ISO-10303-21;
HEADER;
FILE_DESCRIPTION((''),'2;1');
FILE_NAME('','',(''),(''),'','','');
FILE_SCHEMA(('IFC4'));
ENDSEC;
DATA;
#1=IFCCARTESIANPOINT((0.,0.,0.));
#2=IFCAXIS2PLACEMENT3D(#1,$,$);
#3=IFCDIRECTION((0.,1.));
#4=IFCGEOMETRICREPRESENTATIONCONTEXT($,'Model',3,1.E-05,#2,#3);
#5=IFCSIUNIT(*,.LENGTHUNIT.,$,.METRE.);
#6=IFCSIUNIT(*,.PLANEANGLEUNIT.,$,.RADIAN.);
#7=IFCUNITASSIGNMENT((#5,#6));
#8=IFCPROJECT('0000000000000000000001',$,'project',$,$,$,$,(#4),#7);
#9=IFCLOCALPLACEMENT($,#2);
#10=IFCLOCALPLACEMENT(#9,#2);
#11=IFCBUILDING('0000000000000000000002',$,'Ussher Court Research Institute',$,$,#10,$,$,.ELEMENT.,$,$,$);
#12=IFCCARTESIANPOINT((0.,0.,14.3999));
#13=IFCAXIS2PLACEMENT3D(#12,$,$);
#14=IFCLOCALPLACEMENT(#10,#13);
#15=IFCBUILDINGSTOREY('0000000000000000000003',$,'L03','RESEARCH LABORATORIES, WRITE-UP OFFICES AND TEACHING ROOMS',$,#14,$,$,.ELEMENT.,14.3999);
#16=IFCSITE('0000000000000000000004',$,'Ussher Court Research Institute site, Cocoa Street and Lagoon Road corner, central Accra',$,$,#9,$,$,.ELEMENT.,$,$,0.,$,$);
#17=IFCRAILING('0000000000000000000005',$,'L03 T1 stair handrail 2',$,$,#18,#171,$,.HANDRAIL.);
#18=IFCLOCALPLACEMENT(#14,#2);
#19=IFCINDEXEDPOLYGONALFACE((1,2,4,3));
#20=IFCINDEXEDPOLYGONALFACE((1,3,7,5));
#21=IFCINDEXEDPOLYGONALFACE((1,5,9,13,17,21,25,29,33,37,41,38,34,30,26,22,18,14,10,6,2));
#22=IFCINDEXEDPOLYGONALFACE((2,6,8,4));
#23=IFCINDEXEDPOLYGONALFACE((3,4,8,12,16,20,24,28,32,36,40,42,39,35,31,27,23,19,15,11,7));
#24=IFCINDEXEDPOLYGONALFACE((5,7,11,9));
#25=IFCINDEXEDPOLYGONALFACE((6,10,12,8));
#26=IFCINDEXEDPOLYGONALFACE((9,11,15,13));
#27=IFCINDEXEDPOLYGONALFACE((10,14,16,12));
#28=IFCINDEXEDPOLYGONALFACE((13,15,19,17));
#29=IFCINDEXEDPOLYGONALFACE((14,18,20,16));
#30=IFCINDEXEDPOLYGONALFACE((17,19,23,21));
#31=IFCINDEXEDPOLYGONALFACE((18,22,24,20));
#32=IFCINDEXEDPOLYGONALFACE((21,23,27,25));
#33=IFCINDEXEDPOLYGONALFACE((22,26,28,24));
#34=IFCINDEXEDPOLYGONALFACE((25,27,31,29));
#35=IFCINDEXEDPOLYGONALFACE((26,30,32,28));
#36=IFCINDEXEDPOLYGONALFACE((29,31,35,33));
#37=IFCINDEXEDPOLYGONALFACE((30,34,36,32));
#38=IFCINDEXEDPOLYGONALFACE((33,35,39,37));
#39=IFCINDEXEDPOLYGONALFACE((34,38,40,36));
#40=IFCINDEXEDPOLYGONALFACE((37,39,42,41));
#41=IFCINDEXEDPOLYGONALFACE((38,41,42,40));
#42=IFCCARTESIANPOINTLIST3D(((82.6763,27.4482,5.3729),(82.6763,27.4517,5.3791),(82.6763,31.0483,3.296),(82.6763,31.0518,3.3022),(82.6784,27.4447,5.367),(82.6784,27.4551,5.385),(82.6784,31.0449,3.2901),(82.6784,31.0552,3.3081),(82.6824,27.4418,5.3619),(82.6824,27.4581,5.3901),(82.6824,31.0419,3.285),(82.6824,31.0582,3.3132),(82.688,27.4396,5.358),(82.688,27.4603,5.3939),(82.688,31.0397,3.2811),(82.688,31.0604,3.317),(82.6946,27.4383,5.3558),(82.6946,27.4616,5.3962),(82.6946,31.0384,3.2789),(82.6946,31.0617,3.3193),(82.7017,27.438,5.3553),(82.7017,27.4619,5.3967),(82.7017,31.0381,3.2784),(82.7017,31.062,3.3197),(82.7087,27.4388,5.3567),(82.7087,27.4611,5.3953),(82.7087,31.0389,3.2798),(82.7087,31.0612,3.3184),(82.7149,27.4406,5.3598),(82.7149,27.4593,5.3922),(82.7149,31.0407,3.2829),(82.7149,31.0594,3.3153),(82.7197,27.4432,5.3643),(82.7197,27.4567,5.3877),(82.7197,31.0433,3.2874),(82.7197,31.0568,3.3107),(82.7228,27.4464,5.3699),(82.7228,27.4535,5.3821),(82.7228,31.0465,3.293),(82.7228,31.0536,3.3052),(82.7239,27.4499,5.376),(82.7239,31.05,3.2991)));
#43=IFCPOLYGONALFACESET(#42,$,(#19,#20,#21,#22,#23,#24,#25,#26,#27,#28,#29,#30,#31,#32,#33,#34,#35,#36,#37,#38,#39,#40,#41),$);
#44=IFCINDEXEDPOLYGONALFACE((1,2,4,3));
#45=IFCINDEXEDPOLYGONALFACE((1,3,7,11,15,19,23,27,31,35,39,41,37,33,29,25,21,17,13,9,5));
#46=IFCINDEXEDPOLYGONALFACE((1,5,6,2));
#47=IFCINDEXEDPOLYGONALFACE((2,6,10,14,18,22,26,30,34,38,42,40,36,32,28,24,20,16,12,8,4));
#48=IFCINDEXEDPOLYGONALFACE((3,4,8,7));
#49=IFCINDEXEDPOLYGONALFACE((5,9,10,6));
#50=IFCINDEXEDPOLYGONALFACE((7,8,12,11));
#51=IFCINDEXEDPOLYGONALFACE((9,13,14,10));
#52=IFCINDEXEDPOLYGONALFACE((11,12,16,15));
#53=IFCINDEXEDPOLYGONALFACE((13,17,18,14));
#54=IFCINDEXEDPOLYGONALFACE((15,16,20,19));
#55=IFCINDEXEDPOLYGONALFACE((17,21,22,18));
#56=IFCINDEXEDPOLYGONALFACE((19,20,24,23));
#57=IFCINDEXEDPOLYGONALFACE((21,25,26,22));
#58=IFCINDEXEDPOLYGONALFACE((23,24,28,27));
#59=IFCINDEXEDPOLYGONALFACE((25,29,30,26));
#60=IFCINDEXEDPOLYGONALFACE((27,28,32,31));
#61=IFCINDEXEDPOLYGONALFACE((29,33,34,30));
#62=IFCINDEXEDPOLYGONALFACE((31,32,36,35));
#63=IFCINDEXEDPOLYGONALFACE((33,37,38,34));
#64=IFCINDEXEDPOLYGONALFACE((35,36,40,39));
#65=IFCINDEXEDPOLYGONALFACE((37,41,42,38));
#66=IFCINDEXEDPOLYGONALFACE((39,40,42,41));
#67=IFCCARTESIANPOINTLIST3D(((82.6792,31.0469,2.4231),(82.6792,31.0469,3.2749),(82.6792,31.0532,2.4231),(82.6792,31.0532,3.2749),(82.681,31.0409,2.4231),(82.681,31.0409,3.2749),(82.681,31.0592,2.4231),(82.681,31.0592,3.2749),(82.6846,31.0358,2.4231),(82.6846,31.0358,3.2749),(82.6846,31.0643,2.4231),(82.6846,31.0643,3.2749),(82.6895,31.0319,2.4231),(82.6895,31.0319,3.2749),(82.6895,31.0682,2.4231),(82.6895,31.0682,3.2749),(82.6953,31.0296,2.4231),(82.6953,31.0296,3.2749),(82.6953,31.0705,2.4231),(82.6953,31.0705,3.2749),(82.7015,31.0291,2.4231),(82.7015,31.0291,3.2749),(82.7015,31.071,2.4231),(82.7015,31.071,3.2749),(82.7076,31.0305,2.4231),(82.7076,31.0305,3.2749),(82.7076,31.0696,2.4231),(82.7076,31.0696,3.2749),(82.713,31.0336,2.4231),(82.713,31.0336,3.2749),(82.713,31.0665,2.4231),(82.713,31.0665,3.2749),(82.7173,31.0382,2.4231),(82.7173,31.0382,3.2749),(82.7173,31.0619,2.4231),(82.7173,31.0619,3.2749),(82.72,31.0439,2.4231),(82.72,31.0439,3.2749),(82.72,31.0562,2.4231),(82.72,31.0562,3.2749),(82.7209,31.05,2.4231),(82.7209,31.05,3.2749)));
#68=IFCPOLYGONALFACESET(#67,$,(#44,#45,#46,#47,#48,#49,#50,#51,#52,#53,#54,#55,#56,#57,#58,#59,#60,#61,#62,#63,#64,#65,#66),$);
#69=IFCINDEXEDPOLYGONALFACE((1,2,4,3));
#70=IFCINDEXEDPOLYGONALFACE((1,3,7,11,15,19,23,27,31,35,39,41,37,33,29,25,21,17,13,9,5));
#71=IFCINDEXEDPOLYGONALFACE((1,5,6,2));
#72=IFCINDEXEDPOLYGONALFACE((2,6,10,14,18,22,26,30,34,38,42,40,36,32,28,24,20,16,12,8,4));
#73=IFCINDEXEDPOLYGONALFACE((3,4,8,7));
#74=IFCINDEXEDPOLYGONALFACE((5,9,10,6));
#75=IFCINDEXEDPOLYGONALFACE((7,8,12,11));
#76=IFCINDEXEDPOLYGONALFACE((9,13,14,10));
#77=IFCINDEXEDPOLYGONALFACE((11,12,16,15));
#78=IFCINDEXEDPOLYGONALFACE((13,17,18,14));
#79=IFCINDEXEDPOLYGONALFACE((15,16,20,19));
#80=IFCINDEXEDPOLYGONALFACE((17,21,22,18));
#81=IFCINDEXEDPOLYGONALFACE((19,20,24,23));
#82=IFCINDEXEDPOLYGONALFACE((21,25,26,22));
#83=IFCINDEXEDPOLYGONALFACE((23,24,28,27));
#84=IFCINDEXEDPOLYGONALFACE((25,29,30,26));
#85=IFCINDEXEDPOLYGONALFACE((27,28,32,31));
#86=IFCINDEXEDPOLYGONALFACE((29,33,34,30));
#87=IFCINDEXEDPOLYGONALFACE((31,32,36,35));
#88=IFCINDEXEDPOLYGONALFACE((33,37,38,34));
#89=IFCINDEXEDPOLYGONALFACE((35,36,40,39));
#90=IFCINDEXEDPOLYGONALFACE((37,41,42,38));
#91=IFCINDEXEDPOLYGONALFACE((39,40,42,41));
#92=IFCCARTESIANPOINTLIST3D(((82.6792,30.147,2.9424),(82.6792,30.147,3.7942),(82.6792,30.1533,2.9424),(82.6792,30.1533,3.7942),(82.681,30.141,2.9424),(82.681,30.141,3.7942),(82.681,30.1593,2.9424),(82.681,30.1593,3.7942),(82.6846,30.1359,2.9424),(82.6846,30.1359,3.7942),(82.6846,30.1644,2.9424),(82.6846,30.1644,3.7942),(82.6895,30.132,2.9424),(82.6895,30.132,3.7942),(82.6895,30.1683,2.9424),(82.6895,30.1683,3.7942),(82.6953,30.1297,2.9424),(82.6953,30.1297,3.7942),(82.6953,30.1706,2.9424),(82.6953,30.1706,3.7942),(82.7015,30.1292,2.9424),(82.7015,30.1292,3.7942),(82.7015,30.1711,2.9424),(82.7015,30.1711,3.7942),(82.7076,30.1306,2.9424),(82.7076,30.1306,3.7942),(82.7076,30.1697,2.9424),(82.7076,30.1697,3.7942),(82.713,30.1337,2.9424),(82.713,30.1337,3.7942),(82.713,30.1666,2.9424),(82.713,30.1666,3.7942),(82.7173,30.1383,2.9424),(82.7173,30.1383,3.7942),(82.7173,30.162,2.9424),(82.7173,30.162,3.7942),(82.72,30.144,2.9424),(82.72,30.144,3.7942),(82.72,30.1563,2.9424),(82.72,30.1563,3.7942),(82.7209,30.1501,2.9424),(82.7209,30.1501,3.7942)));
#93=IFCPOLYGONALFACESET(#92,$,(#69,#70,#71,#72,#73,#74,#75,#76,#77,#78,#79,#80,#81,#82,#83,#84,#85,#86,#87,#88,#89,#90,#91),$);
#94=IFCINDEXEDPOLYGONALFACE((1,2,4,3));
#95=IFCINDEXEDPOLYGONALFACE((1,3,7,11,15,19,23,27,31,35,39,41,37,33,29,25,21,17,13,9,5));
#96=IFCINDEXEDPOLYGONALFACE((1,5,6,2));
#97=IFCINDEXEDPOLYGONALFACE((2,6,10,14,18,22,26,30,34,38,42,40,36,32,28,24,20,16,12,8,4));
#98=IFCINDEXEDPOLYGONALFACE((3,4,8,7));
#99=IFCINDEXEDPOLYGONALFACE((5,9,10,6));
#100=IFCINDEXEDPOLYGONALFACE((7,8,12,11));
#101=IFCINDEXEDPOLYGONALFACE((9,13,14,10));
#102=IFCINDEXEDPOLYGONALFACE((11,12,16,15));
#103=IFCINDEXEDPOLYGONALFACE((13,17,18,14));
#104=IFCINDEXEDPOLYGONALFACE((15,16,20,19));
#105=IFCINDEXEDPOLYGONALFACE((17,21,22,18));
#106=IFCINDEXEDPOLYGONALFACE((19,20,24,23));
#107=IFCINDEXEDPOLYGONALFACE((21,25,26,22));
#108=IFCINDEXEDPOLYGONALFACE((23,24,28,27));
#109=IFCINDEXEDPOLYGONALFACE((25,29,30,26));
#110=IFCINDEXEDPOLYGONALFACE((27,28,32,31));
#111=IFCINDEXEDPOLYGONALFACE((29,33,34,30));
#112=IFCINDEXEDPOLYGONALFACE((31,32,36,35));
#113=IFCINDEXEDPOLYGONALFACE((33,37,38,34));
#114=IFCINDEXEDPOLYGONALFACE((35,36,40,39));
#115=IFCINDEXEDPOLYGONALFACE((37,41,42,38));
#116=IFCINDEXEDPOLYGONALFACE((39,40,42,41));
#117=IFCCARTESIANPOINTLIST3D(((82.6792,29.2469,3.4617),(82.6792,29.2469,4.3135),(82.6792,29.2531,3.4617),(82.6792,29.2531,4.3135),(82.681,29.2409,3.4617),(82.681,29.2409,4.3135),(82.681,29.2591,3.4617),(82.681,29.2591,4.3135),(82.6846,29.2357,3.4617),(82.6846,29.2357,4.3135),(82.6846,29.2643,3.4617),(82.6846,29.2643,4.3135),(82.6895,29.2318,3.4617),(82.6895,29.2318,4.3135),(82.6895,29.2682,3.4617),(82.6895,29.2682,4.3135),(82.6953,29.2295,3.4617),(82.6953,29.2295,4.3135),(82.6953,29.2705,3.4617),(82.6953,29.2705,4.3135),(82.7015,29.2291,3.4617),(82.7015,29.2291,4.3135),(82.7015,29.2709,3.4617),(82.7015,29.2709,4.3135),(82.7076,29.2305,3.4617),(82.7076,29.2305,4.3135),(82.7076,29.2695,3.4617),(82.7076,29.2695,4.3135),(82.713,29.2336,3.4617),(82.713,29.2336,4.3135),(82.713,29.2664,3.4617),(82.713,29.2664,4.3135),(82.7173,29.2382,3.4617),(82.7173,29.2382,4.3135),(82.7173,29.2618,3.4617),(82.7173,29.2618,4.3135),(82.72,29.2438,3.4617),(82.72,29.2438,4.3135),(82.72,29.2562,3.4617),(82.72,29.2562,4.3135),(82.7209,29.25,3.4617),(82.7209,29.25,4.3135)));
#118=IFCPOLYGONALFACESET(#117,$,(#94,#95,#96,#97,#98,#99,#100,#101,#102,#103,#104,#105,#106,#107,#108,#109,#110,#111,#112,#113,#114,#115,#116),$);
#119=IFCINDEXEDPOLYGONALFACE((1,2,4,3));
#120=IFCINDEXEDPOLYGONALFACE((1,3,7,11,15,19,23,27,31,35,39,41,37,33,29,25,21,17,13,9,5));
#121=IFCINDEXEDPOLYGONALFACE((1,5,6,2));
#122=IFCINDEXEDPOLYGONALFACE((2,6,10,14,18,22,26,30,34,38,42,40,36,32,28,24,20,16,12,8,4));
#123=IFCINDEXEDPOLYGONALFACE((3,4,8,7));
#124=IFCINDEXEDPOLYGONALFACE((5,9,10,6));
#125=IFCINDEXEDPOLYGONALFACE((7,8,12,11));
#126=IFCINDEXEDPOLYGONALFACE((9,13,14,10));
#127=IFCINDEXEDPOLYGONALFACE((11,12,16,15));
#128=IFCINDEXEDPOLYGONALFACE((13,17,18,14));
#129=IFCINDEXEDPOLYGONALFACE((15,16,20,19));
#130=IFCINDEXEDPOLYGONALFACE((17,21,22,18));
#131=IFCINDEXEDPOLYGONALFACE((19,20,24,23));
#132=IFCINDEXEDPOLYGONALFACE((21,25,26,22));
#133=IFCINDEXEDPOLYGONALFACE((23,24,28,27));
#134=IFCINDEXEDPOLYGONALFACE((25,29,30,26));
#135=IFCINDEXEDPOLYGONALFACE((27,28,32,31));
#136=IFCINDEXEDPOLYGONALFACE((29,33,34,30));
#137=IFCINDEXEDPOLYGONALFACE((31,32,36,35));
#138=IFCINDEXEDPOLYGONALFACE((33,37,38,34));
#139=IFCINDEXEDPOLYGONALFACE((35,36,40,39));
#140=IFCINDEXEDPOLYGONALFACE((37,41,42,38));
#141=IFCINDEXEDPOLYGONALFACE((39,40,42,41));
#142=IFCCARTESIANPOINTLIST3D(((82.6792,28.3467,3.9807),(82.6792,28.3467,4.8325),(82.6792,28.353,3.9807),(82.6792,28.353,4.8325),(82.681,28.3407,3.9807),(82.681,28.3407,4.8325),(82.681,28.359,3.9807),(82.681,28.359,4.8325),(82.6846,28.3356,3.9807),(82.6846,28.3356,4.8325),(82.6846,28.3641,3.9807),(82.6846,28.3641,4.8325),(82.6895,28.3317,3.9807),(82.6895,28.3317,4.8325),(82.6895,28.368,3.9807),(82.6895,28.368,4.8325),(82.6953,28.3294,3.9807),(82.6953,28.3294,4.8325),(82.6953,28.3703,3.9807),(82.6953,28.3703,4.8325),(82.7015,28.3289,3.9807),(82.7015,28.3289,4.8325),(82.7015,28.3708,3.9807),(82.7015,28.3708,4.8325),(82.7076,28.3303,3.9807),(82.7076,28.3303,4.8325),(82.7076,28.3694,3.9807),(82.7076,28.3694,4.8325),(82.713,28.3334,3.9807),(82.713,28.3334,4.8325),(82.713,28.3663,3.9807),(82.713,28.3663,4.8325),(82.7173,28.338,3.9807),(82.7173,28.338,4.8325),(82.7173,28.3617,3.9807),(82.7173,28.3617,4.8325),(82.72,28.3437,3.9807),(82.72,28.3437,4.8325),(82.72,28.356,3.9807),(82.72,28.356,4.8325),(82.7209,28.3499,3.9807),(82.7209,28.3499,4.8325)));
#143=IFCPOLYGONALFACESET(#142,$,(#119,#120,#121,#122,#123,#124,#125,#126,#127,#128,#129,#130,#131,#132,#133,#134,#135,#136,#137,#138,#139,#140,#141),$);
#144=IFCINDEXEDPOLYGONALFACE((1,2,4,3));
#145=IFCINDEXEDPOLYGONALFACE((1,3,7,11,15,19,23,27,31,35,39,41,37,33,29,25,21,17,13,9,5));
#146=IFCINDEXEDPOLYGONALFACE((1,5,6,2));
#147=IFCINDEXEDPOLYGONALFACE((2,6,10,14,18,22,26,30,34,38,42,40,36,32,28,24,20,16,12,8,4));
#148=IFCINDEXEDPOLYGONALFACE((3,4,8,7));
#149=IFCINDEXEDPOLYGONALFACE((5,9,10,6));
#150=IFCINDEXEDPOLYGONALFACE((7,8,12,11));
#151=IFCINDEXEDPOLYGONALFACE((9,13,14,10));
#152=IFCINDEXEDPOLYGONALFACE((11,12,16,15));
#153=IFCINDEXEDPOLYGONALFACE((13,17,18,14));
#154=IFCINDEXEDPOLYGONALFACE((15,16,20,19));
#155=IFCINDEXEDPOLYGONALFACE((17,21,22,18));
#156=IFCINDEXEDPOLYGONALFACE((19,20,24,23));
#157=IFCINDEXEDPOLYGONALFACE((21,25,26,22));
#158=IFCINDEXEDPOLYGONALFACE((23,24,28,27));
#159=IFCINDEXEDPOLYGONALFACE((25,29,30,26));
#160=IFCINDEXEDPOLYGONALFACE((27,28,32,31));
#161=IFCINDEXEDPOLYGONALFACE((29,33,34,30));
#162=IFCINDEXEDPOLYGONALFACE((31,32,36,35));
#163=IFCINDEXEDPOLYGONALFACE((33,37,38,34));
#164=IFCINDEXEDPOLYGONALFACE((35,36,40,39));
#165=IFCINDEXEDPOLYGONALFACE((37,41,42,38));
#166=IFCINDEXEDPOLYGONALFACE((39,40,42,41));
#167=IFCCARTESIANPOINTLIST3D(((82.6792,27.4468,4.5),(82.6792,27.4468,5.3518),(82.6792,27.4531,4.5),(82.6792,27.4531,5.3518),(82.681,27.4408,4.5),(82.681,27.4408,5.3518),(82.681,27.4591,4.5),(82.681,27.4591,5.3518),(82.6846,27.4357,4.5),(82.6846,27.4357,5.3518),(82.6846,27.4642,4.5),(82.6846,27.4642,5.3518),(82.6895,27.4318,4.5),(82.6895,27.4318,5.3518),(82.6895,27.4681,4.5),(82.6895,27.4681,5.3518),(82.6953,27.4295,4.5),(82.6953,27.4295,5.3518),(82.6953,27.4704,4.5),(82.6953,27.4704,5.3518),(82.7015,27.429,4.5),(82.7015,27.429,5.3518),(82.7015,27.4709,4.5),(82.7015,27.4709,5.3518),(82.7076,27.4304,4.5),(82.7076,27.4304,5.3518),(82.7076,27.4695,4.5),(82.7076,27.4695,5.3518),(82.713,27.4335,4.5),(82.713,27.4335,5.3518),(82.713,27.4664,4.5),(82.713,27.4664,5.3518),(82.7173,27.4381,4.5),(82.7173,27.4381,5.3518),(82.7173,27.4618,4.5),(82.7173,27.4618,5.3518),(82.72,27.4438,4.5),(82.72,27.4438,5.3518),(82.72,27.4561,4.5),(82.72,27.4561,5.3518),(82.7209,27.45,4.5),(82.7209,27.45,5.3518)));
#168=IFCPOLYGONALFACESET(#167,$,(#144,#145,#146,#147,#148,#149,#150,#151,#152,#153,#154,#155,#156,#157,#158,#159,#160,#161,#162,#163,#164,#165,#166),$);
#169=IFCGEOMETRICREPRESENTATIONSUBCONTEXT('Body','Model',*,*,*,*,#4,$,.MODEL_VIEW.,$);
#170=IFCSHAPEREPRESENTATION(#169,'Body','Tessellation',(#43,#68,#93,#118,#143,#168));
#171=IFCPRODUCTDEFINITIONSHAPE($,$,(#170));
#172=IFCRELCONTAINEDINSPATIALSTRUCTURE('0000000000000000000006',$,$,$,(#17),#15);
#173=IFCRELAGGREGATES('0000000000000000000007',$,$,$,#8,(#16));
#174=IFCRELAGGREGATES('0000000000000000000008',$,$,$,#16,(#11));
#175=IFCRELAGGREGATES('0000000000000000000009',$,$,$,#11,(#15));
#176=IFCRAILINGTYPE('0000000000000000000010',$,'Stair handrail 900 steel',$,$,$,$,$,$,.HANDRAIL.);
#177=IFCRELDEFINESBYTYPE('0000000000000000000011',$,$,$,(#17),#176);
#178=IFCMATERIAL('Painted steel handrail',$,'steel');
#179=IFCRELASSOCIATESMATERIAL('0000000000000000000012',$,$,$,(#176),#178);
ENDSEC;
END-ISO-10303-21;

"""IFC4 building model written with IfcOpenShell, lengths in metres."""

from ifc_helpers import new_model, si_unit, direction, frame, origin, origin_2d, place, context, subcontext, project, spatial, circle, extrude, material, type_object, element, save


model = new_model("IFC4")

# Units and contexts
model_context = context("Model", 3, precision=1e-05, world=origin(), true_north=direction((0.0, 1.0)))
body_context = subcontext(model_context, "Body", "Model", "MODEL_VIEW")
ifc_project = project(units=[si_unit("LENGTHUNIT", "METRE"), si_unit("PLANEANGLEUNIT", "RADIAN")], contexts=[model_context])

# Site, building, storey
site_placement = place(None, origin())
site = spatial("IfcSite", under=ifc_project, at=site_placement, Name="Ussher Court Research Institute site, Cocoa Street and Lagoon Road corner, central Accra", CompositionType="ELEMENT", RefElevation=0.0)
building_placement = place(site_placement, origin())
building = spatial("IfcBuilding", under=site, at=building_placement, Name="Ussher Court Research Institute", CompositionType="ELEMENT")
storey_placement = place(building_placement, frame((0.0, 0.0, 14.3999)))
storey = spatial("IfcBuildingStorey", under=building, at=storey_placement, Name="L03", Description="RESEARCH LABORATORIES, WRITE-UP OFFICES AND TEACHING ROOMS", CompositionType="ELEMENT", Elevation=14.3999)

# Railing
ifc_material_1 = material(Name="Painted steel handrail", Category="steel")
railing_type_1 = type_object("IfcRailingType", Name="Stair handrail 900 steel", PredefinedType="HANDRAIL", material=ifc_material_1)
railing_1_placement = place(storey_placement, frame((82.7, 31.05, 2.4231)))
element("IfcRailing", 1, at=railing_1_placement, inside=storey, type_object=railing_type_1, Name="L03 T1 stair handrail 2", PredefinedType="HANDRAIL", context=body_context, shape_type="SweptSolid", body=[
    extrude(circle(Radius=0.0239, at=origin_2d()), frame((0.0, 0.0, 0.876), z_axis=(0.0, -0.866193, 0.499709), x_axis=(1.0, 0.0, 0.0)), (0.0, 0.0, 1.0), 4.1562),
    extrude(circle(Radius=0.021, at=origin_2d()), origin(), (0.0, 0.0, 1.0), 0.8518),
    extrude(circle(Radius=0.021, at=origin_2d()), frame((0.0, -0.8999, 0.5193)), (0.0, 0.0, 1.0), 0.8518),
    extrude(circle(Radius=0.021, at=origin_2d()), frame((0.0, -1.8, 1.0386)), (0.0, 0.0, 1.0), 0.8518),
    extrude(circle(Radius=0.021, at=origin_2d()), frame((0.0, -2.7002, 1.5576)), (0.0, 0.0, 1.0), 0.8518),
    extrude(circle(Radius=0.021, at=origin_2d()), frame((0.0, -3.6001, 2.0769)), (0.0, 0.0, 1.0), 0.8518),
])

save(model, "model.ifc")
